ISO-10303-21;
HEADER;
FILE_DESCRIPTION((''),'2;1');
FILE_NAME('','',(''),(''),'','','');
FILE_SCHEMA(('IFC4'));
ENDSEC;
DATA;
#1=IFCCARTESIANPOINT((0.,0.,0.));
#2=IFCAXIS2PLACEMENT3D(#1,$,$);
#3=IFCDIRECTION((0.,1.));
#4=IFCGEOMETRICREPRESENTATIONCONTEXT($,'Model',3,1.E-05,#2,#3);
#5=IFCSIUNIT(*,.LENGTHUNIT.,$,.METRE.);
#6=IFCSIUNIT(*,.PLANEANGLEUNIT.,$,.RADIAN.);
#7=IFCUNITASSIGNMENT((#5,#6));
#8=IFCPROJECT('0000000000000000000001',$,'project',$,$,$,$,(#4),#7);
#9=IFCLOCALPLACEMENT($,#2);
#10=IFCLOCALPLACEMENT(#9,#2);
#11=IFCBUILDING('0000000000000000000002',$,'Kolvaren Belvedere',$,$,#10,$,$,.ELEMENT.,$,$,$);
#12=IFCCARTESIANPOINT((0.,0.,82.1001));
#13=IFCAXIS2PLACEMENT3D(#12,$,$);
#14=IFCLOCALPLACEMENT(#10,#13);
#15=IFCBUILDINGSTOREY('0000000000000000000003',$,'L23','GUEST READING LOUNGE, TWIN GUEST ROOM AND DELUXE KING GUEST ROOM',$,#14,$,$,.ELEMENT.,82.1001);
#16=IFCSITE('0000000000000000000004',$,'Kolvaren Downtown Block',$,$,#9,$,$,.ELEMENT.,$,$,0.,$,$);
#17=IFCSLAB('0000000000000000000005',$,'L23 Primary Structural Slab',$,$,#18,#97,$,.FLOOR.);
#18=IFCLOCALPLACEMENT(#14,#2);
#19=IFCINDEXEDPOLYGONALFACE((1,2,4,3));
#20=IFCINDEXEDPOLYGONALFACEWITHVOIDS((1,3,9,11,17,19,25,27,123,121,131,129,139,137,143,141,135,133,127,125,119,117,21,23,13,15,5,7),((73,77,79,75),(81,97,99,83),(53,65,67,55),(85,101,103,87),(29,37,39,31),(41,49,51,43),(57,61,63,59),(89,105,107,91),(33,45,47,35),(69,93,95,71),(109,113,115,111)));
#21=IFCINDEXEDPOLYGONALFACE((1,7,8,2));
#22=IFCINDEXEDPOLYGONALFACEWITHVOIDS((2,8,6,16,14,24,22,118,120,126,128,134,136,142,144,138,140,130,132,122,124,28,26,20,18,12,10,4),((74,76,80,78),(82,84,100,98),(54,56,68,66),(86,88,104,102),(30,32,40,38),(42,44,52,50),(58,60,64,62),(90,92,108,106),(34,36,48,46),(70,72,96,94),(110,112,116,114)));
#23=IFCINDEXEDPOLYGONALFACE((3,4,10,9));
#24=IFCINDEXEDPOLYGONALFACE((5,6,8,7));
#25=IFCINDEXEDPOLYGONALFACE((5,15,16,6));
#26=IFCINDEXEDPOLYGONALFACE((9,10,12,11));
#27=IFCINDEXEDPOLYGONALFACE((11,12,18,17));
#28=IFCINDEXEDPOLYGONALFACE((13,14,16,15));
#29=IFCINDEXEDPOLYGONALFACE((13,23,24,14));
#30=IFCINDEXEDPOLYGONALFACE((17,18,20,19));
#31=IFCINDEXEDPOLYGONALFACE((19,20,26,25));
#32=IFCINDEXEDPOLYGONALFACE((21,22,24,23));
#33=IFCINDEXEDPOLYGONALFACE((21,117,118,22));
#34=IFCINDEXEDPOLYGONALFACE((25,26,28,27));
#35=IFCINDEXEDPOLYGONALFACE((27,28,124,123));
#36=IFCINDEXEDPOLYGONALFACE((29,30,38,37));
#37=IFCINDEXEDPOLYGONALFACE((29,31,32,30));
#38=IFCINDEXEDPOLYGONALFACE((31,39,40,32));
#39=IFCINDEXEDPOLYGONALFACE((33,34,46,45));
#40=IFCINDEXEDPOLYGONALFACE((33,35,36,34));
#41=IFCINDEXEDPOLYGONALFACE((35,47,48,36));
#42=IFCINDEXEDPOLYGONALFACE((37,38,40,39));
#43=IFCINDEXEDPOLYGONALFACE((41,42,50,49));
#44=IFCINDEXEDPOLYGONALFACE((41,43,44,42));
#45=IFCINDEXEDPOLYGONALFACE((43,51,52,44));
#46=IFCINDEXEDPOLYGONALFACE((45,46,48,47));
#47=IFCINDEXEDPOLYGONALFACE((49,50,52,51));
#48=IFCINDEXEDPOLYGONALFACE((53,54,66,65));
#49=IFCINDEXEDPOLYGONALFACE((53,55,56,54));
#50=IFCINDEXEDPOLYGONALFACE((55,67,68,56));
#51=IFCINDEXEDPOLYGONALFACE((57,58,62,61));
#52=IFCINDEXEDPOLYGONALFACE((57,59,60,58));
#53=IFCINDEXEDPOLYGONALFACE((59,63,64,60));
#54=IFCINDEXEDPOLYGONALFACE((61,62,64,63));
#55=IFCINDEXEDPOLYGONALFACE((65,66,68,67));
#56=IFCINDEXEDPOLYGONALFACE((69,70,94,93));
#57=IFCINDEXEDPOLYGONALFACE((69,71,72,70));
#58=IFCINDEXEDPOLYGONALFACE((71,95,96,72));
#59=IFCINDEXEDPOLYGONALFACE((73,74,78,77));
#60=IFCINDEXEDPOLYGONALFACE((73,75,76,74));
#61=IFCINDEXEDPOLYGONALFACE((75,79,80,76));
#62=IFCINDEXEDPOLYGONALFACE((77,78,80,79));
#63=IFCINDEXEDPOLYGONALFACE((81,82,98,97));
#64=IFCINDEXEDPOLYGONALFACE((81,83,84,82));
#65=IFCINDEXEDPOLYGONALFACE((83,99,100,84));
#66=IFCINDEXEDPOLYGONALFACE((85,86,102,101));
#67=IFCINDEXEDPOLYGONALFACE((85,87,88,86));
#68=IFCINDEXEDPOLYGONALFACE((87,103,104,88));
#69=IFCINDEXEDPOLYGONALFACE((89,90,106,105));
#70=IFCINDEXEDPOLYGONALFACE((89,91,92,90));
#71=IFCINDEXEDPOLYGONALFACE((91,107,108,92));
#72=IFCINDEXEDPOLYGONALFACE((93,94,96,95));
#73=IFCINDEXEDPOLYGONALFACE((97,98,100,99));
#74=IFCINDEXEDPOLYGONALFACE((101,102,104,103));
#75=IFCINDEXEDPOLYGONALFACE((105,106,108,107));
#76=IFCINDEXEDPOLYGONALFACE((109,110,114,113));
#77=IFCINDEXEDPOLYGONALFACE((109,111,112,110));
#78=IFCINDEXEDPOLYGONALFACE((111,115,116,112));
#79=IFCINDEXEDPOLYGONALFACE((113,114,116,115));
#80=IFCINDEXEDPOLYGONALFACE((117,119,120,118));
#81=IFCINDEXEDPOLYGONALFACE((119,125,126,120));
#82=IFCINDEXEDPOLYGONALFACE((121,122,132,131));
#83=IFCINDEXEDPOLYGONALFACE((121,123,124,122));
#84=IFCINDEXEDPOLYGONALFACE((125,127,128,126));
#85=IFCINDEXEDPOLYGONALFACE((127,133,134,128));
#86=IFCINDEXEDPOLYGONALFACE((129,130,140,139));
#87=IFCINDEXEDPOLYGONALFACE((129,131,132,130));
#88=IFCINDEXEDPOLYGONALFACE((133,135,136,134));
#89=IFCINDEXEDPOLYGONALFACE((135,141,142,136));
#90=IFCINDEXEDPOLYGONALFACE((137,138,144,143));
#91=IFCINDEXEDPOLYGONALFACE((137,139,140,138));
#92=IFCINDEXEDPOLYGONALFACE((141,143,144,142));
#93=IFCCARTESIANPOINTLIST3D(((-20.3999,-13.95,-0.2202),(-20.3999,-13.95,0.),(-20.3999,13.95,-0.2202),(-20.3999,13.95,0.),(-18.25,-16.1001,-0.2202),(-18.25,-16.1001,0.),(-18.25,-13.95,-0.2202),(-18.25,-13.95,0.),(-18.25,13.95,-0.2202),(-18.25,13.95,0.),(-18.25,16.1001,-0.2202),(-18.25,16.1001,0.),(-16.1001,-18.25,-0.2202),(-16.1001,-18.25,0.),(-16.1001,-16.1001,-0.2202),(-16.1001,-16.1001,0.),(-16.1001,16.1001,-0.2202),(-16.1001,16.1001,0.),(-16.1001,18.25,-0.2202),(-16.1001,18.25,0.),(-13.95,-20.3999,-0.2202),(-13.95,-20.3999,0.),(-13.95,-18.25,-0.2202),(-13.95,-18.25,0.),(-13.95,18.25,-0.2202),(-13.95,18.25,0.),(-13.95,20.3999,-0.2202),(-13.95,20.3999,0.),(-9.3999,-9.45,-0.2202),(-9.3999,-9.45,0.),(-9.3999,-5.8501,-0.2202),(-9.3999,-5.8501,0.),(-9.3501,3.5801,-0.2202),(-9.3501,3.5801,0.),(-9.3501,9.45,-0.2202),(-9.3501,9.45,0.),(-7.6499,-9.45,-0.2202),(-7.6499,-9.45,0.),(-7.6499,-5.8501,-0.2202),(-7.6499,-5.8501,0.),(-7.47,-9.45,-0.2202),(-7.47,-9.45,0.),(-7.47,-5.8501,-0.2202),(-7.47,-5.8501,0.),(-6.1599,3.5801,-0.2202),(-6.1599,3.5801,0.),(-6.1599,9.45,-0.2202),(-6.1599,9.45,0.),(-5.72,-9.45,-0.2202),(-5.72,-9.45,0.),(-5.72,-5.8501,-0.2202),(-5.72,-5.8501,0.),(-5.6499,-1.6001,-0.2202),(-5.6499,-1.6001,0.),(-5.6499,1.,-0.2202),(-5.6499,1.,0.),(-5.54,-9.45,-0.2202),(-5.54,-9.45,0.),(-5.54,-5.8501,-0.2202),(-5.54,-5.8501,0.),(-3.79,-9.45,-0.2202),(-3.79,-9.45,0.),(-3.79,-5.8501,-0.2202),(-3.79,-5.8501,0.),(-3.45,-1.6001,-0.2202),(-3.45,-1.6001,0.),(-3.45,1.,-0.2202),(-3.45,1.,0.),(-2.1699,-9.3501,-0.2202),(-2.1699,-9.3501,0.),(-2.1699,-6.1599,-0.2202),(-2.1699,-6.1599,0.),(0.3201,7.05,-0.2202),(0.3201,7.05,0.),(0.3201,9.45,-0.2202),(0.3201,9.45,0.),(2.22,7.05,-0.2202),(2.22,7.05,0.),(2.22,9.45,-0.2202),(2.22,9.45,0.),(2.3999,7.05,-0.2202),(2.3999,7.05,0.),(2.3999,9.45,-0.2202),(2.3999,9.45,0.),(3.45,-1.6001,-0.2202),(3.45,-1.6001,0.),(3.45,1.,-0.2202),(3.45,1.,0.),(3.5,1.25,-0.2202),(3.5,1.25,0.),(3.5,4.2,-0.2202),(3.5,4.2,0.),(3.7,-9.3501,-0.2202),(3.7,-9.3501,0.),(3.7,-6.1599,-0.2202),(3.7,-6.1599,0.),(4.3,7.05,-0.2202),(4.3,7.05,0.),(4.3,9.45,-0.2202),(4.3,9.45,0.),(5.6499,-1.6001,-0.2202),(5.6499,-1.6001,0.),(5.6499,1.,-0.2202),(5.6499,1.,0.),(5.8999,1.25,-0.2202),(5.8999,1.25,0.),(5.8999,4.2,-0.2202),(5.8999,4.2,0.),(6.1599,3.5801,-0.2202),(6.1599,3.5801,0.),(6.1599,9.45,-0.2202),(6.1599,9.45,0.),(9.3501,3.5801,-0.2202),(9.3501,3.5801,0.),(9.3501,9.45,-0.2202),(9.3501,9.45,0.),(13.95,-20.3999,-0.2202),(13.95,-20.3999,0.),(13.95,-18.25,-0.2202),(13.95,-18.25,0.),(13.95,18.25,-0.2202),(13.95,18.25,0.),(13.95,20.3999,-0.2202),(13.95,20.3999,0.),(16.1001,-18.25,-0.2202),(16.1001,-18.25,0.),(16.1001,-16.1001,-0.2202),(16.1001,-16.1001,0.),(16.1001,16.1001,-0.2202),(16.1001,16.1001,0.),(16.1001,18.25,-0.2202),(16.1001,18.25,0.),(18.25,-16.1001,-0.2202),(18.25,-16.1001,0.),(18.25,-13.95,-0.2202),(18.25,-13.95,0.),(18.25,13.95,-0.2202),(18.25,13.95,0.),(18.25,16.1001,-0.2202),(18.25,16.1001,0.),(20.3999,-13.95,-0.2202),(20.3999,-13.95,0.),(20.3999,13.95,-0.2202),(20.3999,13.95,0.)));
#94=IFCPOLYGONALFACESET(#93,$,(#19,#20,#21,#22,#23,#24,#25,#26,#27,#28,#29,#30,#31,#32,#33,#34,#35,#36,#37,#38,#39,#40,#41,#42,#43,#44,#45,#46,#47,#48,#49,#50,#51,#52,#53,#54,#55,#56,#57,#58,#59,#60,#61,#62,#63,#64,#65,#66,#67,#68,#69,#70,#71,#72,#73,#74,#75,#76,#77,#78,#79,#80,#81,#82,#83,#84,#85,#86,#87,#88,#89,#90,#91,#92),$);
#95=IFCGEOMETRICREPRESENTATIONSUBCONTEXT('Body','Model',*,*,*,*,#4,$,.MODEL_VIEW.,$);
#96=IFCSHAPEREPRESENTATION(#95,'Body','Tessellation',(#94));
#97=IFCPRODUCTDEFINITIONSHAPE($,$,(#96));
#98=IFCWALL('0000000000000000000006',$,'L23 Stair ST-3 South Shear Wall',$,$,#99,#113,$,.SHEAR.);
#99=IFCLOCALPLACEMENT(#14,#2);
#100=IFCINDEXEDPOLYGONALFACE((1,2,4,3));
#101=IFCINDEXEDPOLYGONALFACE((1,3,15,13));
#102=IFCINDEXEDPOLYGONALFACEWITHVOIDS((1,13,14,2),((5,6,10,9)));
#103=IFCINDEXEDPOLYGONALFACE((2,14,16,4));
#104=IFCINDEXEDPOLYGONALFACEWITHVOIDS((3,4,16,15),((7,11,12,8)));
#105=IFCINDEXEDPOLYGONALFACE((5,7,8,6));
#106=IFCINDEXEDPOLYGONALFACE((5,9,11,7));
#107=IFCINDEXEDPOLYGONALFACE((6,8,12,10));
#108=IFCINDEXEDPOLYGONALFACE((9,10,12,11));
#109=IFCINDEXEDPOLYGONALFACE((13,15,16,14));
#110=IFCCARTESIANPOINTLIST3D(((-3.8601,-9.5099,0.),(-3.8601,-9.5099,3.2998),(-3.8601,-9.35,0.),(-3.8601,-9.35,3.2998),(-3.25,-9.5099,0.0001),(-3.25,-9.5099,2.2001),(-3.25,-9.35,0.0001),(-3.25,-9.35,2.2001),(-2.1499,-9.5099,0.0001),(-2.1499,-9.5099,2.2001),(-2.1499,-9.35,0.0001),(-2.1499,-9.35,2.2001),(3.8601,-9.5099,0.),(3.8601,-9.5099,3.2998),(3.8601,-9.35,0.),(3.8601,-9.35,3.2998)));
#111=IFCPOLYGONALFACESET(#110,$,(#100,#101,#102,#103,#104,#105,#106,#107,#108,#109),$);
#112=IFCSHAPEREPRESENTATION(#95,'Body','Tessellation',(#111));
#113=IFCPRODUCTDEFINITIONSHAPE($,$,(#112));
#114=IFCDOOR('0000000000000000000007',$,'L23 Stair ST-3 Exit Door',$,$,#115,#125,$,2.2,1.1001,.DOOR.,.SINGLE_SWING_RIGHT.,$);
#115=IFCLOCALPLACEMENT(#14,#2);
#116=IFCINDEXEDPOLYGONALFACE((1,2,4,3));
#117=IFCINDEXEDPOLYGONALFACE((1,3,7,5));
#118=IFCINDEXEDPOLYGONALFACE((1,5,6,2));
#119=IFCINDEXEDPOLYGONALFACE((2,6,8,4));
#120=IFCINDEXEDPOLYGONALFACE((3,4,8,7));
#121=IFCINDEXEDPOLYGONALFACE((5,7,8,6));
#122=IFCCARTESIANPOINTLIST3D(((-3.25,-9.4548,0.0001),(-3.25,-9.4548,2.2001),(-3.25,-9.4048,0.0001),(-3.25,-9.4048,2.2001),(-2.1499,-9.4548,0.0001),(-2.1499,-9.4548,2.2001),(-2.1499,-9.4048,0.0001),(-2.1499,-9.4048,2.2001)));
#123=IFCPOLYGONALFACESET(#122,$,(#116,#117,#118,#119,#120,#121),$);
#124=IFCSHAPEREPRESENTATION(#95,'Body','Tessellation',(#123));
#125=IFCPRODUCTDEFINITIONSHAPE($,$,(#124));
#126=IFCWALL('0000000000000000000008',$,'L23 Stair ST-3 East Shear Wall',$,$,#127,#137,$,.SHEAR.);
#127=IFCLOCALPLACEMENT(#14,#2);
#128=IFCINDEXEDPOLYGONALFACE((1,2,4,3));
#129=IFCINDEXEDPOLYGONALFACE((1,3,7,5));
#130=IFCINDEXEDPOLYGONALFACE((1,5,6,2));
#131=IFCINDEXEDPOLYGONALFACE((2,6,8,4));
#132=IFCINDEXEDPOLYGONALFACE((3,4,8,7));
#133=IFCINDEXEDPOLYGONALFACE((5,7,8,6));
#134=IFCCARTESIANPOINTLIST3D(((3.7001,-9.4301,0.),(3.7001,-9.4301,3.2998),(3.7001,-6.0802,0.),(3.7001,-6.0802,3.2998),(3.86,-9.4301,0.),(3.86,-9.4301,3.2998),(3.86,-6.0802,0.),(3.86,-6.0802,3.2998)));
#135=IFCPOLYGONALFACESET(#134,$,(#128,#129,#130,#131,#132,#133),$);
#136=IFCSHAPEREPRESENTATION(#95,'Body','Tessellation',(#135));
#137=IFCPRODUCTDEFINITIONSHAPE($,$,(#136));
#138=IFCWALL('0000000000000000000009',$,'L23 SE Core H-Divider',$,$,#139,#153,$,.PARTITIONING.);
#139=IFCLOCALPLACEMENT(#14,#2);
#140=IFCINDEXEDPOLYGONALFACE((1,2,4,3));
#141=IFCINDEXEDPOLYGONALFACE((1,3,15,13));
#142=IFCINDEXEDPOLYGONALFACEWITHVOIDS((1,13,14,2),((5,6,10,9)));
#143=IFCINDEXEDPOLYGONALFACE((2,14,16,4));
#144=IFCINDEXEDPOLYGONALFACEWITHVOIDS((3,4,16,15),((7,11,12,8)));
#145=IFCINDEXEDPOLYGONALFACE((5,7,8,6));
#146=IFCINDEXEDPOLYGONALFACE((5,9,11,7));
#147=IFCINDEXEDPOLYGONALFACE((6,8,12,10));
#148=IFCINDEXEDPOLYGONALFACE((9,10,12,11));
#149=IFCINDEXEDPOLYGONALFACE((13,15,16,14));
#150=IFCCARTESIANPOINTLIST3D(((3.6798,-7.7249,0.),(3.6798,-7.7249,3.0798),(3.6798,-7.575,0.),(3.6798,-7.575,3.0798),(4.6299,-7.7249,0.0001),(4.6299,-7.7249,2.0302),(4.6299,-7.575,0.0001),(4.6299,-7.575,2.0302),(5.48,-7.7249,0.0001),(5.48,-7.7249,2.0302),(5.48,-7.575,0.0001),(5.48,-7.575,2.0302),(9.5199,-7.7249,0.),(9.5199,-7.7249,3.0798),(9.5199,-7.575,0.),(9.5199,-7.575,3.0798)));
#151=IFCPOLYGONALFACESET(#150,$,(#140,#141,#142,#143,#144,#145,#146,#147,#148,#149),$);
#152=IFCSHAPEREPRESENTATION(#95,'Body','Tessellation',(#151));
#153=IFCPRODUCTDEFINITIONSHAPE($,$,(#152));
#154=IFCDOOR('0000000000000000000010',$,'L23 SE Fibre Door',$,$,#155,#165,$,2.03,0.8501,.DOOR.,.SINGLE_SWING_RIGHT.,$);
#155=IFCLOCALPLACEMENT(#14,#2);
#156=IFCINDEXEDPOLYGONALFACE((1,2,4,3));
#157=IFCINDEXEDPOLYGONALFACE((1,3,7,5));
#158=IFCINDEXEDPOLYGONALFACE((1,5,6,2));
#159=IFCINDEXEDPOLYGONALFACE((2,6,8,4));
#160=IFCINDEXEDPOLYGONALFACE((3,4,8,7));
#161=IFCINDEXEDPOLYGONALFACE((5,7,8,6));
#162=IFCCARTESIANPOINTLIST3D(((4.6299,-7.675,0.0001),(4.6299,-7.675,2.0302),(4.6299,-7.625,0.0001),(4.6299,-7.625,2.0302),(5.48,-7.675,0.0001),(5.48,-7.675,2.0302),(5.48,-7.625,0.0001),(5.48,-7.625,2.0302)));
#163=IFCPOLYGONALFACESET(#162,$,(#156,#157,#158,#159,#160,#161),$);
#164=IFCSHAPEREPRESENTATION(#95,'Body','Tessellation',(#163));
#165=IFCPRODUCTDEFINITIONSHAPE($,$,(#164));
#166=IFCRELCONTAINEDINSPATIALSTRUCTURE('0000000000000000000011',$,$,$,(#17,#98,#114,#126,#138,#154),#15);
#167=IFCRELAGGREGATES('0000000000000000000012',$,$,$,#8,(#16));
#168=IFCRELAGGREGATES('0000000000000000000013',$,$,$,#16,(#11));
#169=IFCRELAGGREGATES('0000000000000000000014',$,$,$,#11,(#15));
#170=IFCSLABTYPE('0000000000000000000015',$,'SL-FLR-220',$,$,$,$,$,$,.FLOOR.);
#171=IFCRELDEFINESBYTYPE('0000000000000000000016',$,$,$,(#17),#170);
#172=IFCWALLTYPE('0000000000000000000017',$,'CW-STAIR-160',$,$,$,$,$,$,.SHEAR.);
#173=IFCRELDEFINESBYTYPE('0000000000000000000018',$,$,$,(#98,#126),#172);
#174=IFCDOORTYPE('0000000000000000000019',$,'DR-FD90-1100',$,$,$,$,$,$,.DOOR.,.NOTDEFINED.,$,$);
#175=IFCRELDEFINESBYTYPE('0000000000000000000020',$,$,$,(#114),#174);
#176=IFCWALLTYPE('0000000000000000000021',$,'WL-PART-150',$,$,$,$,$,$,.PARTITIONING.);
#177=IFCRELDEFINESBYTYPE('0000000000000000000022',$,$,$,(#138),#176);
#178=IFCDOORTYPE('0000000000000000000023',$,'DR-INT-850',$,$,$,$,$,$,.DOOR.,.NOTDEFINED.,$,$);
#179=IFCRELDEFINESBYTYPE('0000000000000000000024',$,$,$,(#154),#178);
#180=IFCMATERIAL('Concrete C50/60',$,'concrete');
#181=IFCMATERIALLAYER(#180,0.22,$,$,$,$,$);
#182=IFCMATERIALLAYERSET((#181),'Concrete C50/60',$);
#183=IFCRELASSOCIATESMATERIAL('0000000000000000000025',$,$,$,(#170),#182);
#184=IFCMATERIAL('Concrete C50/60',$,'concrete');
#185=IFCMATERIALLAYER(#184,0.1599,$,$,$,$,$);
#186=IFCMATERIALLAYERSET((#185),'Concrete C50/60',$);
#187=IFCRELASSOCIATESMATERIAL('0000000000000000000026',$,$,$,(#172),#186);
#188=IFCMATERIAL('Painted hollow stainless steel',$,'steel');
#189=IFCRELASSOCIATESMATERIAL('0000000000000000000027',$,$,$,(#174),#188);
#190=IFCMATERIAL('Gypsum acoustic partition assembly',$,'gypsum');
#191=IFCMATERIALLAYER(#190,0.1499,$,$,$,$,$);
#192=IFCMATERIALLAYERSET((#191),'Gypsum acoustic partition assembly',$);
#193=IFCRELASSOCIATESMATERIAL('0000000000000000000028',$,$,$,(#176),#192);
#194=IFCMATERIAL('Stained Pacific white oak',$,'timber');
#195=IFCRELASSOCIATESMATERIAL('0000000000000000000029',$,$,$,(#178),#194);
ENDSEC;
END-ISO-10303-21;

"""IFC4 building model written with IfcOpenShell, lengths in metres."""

from ifc_helpers import new_model, si_unit, direction, frame, frame_2d, origin, place, context, subcontext, project, spatial, polyline, rectangle, outline, extrude, material, layer, layer_set, type_object, element, fill, save


model = new_model("IFC4")

# Units and contexts
model_context = context("Model", 3, precision=1e-05, world=origin(), true_north=direction((0.0, 1.0)))
body_context = subcontext(model_context, "Body", "Model", "MODEL_VIEW")
ifc_project = project(units=[si_unit("LENGTHUNIT", "METRE"), si_unit("PLANEANGLEUNIT", "RADIAN")], contexts=[model_context])

# Site, building, storey
site_placement = place(None, origin())
site = spatial("IfcSite", under=ifc_project, at=site_placement, Name="Kolvaren Downtown Block", CompositionType="ELEMENT", RefElevation=0.0)
building_placement = place(site_placement, origin())
building = spatial("IfcBuilding", under=site, at=building_placement, Name="Kolvaren Belvedere", CompositionType="ELEMENT")
storey_placement = place(building_placement, frame((0.0, 0.0, 82.1001)))
storey = spatial("IfcBuildingStorey", under=building, at=storey_placement, Name="L23", Description="GUEST READING LOUNGE, TWIN GUEST ROOM AND DELUXE KING GUEST ROOM", CompositionType="ELEMENT", Elevation=82.1001)

# Slab
ifc_material_1 = material(Name="Concrete C50/60", Category="concrete")
ifc_layer_1 = layer(ifc_material_1, 0.22)
ifc_layer_set_1 = layer_set([ifc_layer_1], Name="Concrete C50/60")
slab_type = type_object("IfcSlabType", Name="SL-FLR-220", PredefinedType="FLOOR", material=ifc_layer_set_1)
slab_placement = place(storey_placement, frame((0.0, 0.0, -0.2202)))
element("IfcSlab", 1, at=slab_placement, inside=storey, type_object=slab_type, Name="L23 Primary Structural Slab", PredefinedType="FLOOR", context=body_context, shape_type="SweptSolid", body=[
    extrude(outline(polyline([(-13.95, -20.3999), (13.95, -20.3999), (13.95, -18.25), (16.1001, -18.25), (16.1001, -16.1001), (18.25, -16.1001), (18.25, -13.95), (20.3999, -13.95), (20.3999, 13.95), (18.25, 13.95), (18.25, 16.1001), (16.1001, 16.1001), (16.1001, 18.25), (13.95, 18.25), (13.95, 20.3999), (-13.95, 20.3999), (-13.95, 18.25), (-16.1001, 18.25), (-16.1001, 16.1001), (-18.25, 16.1001), (-18.25, 13.95), (-20.3999, 13.95), (-20.3999, -13.95), (-18.25, -13.95), (-18.25, -16.1001), (-16.1001, -16.1001), (-16.1001, -18.25), (-13.95, -18.25), (-13.95, -20.3999)]), holes=[polyline([(-9.3501, 3.5801), (-6.1599, 3.5801), (-6.1599, 9.45), (-9.3501, 9.45), (-9.3501, 3.5801)]), polyline([(6.1599, 3.5801), (9.3501, 3.5801), (9.3501, 9.45), (6.1599, 9.45), (6.1599, 3.5801)]), polyline([(-2.1699, -9.3501), (3.7, -9.3501), (3.7, -6.1599), (-2.1699, -6.1599), (-2.1699, -9.3501)]), polyline([(-5.6499, -1.6001), (-3.45, -1.6001), (-3.45, 1.0), (-5.6499, 1.0), (-5.6499, -1.6001)]), polyline([(3.5, 1.25), (5.8999, 1.25), (5.8999, 4.2), (3.5, 4.2), (3.5, 1.25)]), polyline([(3.45, -1.6001), (5.6499, -1.6001), (5.6499, 1.0), (3.45, 1.0), (3.45, -1.6001)]), polyline([(-9.3999, -9.45), (-7.6499, -9.45), (-7.6499, -5.8501), (-9.3999, -5.8501), (-9.3999, -9.45)]), polyline([(-7.47, -9.45), (-5.72, -9.45), (-5.72, -5.8501), (-7.47, -5.8501), (-7.47, -9.45)]), polyline([(-5.54, -9.45), (-3.79, -9.45), (-3.79, -5.8501), (-5.54, -5.8501), (-5.54, -9.45)]), polyline([(0.3201, 7.05), (2.22, 7.05), (2.22, 9.45), (0.3201, 9.45), (0.3201, 7.05)]), polyline([(2.3999, 7.05), (4.3, 7.05), (4.3, 9.45), (2.3999, 9.45), (2.3999, 7.05)])]), origin(), (0.0, 0.0, 1.0), 0.2202),
])

# Wall, opening, door
ifc_material_2 = material(Name="Concrete C50/60", Category="concrete")
ifc_layer_2 = layer(ifc_material_2, 0.1599)
ifc_layer_set_2 = layer_set([ifc_layer_2], Name="Concrete C50/60")
wall_type_1 = type_object("IfcWallType", Name="CW-STAIR-160", PredefinedType="SHEAR", material=ifc_layer_set_2)
wall_1_placement = place(storey_placement, frame((3.8601, -9.4299, 0.0), z_axis=(0.0, 0.0, 1.0), x_axis=(-1.0, 0.0, 0.0)))
wall_1 = element("IfcWall", 2, at=wall_1_placement, inside=storey, type_object=wall_type_1, Name="L23 Stair ST-3 South Shear Wall", PredefinedType="SHEAR", context=body_context, shape_type="SweptSolid", body=[
    extrude(rectangle(XDim=7.7202, YDim=0.1599, at=frame_2d((3.8601, 0.0))), origin(), (0.0, 0.0, 1.0), 3.2998),
])
opening_1_placement = place(wall_1_placement, frame((6.01, 0.0, 0.0)))
opening_1 = element("IfcOpeningElement", 3, at=opening_1_placement, cuts=wall_1, PredefinedType="OPENING", context=body_context, shape_type="SweptSolid", body=[
    extrude(rectangle(XDim=1.1001, YDim=2.2, at=frame_2d((0.55, 1.1001))), frame((0.0, 0.0898, 0.0), z_axis=(0.0, -1.0, 0.0), x_axis=(1.0, 0.0, 0.0)), (0.0, 0.0, 1.0), 0.1799),
])
ifc_material_3 = material(Name="Painted hollow stainless steel", Category="steel")
door_type_1 = type_object("IfcDoorType", Name="DR-FD90-1100", OperationType="NOTDEFINED", PredefinedType="DOOR", material=ifc_material_3)
door_1_placement = place(opening_1_placement, origin())
door_1 = element("IfcDoor", 4, at=door_1_placement, inside=storey, type_object=door_type_1, Name="L23 Stair ST-3 Exit Door", OperationType="SINGLE_SWING_RIGHT", OverallHeight=2.2, OverallWidth=1.1001, PredefinedType="DOOR", context=body_context, shape_type="SweptSolid", body=[
    extrude(rectangle(XDim=1.1001, YDim=2.2, at=frame_2d((0.55, 1.1001))), frame((0.0, 0.0249, 0.0), z_axis=(0.0, -1.0, 0.0), x_axis=(1.0, 0.0, 0.0)), (0.0, 0.0, 1.0), 0.05),
])
fill(opening_1, door_1)

# Wall
wall_2_placement = place(storey_placement, frame((3.78, -9.4299, 0.0), z_axis=(0.0, 0.0, 1.0), x_axis=(0.0, 1.0, 0.0)))
element("IfcWall", 5, at=wall_2_placement, inside=storey, type_object=wall_type_1, Name="L23 Stair ST-3 East Shear Wall", PredefinedType="SHEAR", context=body_context, shape_type="SweptSolid", body=[
    extrude(rectangle(XDim=3.3499, YDim=0.1599, at=frame_2d((1.6748, 0.0))), origin(), (0.0, 0.0, 1.0), 3.2998),
])

# Wall, opening, door
ifc_material_4 = material(Name="Gypsum acoustic partition assembly", Category="gypsum")
ifc_layer_3 = layer(ifc_material_4, 0.1499)
ifc_layer_set_3 = layer_set([ifc_layer_3], Name="Gypsum acoustic partition assembly")
wall_type_2 = type_object("IfcWallType", Name="WL-PART-150", PredefinedType="PARTITIONING", material=ifc_layer_set_3)
wall_3_placement = place(storey_placement, frame((3.6799, -7.6499, 0.0), z_axis=(0.0, 0.0, 1.0), x_axis=(1.0, 0.0, 0.0)))
wall_3 = element("IfcWall", 6, at=wall_3_placement, inside=storey, type_object=wall_type_2, Name="L23 SE Core H-Divider", PredefinedType="PARTITIONING", context=body_context, shape_type="SweptSolid", body=[
    extrude(rectangle(XDim=5.8401, YDim=0.1499, at=frame_2d((2.9199, 0.0))), origin(), (0.0, 0.0, 1.0), 3.0798),
])
opening_2_placement = place(wall_3_placement, frame((0.95, 0.0, 0.0)))
opening_2 = element("IfcOpeningElement", 7, at=opening_2_placement, cuts=wall_3, PredefinedType="OPENING", context=body_context, shape_type="SweptSolid", body=[
    extrude(rectangle(XDim=0.8501, YDim=2.03, at=frame_2d((0.425, 1.0151))), frame((0.0, 0.085, 0.0), z_axis=(0.0, -1.0, 0.0), x_axis=(1.0, 0.0, 0.0)), (0.0, 0.0, 1.0), 0.1699),
])
ifc_material_5 = material(Name="Stained Pacific white oak", Category="timber")
door_type_2 = type_object("IfcDoorType", Name="DR-INT-850", OperationType="NOTDEFINED", PredefinedType="DOOR", material=ifc_material_5)
door_2_placement = place(opening_2_placement, origin())
door_2 = element("IfcDoor", 8, at=door_2_placement, inside=storey, type_object=door_type_2, Name="L23 SE Fibre Door", OperationType="SINGLE_SWING_RIGHT", OverallHeight=2.03, OverallWidth=0.8501, PredefinedType="DOOR", context=body_context, shape_type="SweptSolid", body=[
    extrude(rectangle(XDim=0.8501, YDim=2.03, at=frame_2d((0.425, 1.0151))), frame((0.0, 0.0249, 0.0), z_axis=(0.0, -1.0, 0.0), x_axis=(1.0, 0.0, 0.0)), (0.0, 0.0, 1.0), 0.05),
])
fill(opening_2, door_2)

save(model, "model.ifc")
